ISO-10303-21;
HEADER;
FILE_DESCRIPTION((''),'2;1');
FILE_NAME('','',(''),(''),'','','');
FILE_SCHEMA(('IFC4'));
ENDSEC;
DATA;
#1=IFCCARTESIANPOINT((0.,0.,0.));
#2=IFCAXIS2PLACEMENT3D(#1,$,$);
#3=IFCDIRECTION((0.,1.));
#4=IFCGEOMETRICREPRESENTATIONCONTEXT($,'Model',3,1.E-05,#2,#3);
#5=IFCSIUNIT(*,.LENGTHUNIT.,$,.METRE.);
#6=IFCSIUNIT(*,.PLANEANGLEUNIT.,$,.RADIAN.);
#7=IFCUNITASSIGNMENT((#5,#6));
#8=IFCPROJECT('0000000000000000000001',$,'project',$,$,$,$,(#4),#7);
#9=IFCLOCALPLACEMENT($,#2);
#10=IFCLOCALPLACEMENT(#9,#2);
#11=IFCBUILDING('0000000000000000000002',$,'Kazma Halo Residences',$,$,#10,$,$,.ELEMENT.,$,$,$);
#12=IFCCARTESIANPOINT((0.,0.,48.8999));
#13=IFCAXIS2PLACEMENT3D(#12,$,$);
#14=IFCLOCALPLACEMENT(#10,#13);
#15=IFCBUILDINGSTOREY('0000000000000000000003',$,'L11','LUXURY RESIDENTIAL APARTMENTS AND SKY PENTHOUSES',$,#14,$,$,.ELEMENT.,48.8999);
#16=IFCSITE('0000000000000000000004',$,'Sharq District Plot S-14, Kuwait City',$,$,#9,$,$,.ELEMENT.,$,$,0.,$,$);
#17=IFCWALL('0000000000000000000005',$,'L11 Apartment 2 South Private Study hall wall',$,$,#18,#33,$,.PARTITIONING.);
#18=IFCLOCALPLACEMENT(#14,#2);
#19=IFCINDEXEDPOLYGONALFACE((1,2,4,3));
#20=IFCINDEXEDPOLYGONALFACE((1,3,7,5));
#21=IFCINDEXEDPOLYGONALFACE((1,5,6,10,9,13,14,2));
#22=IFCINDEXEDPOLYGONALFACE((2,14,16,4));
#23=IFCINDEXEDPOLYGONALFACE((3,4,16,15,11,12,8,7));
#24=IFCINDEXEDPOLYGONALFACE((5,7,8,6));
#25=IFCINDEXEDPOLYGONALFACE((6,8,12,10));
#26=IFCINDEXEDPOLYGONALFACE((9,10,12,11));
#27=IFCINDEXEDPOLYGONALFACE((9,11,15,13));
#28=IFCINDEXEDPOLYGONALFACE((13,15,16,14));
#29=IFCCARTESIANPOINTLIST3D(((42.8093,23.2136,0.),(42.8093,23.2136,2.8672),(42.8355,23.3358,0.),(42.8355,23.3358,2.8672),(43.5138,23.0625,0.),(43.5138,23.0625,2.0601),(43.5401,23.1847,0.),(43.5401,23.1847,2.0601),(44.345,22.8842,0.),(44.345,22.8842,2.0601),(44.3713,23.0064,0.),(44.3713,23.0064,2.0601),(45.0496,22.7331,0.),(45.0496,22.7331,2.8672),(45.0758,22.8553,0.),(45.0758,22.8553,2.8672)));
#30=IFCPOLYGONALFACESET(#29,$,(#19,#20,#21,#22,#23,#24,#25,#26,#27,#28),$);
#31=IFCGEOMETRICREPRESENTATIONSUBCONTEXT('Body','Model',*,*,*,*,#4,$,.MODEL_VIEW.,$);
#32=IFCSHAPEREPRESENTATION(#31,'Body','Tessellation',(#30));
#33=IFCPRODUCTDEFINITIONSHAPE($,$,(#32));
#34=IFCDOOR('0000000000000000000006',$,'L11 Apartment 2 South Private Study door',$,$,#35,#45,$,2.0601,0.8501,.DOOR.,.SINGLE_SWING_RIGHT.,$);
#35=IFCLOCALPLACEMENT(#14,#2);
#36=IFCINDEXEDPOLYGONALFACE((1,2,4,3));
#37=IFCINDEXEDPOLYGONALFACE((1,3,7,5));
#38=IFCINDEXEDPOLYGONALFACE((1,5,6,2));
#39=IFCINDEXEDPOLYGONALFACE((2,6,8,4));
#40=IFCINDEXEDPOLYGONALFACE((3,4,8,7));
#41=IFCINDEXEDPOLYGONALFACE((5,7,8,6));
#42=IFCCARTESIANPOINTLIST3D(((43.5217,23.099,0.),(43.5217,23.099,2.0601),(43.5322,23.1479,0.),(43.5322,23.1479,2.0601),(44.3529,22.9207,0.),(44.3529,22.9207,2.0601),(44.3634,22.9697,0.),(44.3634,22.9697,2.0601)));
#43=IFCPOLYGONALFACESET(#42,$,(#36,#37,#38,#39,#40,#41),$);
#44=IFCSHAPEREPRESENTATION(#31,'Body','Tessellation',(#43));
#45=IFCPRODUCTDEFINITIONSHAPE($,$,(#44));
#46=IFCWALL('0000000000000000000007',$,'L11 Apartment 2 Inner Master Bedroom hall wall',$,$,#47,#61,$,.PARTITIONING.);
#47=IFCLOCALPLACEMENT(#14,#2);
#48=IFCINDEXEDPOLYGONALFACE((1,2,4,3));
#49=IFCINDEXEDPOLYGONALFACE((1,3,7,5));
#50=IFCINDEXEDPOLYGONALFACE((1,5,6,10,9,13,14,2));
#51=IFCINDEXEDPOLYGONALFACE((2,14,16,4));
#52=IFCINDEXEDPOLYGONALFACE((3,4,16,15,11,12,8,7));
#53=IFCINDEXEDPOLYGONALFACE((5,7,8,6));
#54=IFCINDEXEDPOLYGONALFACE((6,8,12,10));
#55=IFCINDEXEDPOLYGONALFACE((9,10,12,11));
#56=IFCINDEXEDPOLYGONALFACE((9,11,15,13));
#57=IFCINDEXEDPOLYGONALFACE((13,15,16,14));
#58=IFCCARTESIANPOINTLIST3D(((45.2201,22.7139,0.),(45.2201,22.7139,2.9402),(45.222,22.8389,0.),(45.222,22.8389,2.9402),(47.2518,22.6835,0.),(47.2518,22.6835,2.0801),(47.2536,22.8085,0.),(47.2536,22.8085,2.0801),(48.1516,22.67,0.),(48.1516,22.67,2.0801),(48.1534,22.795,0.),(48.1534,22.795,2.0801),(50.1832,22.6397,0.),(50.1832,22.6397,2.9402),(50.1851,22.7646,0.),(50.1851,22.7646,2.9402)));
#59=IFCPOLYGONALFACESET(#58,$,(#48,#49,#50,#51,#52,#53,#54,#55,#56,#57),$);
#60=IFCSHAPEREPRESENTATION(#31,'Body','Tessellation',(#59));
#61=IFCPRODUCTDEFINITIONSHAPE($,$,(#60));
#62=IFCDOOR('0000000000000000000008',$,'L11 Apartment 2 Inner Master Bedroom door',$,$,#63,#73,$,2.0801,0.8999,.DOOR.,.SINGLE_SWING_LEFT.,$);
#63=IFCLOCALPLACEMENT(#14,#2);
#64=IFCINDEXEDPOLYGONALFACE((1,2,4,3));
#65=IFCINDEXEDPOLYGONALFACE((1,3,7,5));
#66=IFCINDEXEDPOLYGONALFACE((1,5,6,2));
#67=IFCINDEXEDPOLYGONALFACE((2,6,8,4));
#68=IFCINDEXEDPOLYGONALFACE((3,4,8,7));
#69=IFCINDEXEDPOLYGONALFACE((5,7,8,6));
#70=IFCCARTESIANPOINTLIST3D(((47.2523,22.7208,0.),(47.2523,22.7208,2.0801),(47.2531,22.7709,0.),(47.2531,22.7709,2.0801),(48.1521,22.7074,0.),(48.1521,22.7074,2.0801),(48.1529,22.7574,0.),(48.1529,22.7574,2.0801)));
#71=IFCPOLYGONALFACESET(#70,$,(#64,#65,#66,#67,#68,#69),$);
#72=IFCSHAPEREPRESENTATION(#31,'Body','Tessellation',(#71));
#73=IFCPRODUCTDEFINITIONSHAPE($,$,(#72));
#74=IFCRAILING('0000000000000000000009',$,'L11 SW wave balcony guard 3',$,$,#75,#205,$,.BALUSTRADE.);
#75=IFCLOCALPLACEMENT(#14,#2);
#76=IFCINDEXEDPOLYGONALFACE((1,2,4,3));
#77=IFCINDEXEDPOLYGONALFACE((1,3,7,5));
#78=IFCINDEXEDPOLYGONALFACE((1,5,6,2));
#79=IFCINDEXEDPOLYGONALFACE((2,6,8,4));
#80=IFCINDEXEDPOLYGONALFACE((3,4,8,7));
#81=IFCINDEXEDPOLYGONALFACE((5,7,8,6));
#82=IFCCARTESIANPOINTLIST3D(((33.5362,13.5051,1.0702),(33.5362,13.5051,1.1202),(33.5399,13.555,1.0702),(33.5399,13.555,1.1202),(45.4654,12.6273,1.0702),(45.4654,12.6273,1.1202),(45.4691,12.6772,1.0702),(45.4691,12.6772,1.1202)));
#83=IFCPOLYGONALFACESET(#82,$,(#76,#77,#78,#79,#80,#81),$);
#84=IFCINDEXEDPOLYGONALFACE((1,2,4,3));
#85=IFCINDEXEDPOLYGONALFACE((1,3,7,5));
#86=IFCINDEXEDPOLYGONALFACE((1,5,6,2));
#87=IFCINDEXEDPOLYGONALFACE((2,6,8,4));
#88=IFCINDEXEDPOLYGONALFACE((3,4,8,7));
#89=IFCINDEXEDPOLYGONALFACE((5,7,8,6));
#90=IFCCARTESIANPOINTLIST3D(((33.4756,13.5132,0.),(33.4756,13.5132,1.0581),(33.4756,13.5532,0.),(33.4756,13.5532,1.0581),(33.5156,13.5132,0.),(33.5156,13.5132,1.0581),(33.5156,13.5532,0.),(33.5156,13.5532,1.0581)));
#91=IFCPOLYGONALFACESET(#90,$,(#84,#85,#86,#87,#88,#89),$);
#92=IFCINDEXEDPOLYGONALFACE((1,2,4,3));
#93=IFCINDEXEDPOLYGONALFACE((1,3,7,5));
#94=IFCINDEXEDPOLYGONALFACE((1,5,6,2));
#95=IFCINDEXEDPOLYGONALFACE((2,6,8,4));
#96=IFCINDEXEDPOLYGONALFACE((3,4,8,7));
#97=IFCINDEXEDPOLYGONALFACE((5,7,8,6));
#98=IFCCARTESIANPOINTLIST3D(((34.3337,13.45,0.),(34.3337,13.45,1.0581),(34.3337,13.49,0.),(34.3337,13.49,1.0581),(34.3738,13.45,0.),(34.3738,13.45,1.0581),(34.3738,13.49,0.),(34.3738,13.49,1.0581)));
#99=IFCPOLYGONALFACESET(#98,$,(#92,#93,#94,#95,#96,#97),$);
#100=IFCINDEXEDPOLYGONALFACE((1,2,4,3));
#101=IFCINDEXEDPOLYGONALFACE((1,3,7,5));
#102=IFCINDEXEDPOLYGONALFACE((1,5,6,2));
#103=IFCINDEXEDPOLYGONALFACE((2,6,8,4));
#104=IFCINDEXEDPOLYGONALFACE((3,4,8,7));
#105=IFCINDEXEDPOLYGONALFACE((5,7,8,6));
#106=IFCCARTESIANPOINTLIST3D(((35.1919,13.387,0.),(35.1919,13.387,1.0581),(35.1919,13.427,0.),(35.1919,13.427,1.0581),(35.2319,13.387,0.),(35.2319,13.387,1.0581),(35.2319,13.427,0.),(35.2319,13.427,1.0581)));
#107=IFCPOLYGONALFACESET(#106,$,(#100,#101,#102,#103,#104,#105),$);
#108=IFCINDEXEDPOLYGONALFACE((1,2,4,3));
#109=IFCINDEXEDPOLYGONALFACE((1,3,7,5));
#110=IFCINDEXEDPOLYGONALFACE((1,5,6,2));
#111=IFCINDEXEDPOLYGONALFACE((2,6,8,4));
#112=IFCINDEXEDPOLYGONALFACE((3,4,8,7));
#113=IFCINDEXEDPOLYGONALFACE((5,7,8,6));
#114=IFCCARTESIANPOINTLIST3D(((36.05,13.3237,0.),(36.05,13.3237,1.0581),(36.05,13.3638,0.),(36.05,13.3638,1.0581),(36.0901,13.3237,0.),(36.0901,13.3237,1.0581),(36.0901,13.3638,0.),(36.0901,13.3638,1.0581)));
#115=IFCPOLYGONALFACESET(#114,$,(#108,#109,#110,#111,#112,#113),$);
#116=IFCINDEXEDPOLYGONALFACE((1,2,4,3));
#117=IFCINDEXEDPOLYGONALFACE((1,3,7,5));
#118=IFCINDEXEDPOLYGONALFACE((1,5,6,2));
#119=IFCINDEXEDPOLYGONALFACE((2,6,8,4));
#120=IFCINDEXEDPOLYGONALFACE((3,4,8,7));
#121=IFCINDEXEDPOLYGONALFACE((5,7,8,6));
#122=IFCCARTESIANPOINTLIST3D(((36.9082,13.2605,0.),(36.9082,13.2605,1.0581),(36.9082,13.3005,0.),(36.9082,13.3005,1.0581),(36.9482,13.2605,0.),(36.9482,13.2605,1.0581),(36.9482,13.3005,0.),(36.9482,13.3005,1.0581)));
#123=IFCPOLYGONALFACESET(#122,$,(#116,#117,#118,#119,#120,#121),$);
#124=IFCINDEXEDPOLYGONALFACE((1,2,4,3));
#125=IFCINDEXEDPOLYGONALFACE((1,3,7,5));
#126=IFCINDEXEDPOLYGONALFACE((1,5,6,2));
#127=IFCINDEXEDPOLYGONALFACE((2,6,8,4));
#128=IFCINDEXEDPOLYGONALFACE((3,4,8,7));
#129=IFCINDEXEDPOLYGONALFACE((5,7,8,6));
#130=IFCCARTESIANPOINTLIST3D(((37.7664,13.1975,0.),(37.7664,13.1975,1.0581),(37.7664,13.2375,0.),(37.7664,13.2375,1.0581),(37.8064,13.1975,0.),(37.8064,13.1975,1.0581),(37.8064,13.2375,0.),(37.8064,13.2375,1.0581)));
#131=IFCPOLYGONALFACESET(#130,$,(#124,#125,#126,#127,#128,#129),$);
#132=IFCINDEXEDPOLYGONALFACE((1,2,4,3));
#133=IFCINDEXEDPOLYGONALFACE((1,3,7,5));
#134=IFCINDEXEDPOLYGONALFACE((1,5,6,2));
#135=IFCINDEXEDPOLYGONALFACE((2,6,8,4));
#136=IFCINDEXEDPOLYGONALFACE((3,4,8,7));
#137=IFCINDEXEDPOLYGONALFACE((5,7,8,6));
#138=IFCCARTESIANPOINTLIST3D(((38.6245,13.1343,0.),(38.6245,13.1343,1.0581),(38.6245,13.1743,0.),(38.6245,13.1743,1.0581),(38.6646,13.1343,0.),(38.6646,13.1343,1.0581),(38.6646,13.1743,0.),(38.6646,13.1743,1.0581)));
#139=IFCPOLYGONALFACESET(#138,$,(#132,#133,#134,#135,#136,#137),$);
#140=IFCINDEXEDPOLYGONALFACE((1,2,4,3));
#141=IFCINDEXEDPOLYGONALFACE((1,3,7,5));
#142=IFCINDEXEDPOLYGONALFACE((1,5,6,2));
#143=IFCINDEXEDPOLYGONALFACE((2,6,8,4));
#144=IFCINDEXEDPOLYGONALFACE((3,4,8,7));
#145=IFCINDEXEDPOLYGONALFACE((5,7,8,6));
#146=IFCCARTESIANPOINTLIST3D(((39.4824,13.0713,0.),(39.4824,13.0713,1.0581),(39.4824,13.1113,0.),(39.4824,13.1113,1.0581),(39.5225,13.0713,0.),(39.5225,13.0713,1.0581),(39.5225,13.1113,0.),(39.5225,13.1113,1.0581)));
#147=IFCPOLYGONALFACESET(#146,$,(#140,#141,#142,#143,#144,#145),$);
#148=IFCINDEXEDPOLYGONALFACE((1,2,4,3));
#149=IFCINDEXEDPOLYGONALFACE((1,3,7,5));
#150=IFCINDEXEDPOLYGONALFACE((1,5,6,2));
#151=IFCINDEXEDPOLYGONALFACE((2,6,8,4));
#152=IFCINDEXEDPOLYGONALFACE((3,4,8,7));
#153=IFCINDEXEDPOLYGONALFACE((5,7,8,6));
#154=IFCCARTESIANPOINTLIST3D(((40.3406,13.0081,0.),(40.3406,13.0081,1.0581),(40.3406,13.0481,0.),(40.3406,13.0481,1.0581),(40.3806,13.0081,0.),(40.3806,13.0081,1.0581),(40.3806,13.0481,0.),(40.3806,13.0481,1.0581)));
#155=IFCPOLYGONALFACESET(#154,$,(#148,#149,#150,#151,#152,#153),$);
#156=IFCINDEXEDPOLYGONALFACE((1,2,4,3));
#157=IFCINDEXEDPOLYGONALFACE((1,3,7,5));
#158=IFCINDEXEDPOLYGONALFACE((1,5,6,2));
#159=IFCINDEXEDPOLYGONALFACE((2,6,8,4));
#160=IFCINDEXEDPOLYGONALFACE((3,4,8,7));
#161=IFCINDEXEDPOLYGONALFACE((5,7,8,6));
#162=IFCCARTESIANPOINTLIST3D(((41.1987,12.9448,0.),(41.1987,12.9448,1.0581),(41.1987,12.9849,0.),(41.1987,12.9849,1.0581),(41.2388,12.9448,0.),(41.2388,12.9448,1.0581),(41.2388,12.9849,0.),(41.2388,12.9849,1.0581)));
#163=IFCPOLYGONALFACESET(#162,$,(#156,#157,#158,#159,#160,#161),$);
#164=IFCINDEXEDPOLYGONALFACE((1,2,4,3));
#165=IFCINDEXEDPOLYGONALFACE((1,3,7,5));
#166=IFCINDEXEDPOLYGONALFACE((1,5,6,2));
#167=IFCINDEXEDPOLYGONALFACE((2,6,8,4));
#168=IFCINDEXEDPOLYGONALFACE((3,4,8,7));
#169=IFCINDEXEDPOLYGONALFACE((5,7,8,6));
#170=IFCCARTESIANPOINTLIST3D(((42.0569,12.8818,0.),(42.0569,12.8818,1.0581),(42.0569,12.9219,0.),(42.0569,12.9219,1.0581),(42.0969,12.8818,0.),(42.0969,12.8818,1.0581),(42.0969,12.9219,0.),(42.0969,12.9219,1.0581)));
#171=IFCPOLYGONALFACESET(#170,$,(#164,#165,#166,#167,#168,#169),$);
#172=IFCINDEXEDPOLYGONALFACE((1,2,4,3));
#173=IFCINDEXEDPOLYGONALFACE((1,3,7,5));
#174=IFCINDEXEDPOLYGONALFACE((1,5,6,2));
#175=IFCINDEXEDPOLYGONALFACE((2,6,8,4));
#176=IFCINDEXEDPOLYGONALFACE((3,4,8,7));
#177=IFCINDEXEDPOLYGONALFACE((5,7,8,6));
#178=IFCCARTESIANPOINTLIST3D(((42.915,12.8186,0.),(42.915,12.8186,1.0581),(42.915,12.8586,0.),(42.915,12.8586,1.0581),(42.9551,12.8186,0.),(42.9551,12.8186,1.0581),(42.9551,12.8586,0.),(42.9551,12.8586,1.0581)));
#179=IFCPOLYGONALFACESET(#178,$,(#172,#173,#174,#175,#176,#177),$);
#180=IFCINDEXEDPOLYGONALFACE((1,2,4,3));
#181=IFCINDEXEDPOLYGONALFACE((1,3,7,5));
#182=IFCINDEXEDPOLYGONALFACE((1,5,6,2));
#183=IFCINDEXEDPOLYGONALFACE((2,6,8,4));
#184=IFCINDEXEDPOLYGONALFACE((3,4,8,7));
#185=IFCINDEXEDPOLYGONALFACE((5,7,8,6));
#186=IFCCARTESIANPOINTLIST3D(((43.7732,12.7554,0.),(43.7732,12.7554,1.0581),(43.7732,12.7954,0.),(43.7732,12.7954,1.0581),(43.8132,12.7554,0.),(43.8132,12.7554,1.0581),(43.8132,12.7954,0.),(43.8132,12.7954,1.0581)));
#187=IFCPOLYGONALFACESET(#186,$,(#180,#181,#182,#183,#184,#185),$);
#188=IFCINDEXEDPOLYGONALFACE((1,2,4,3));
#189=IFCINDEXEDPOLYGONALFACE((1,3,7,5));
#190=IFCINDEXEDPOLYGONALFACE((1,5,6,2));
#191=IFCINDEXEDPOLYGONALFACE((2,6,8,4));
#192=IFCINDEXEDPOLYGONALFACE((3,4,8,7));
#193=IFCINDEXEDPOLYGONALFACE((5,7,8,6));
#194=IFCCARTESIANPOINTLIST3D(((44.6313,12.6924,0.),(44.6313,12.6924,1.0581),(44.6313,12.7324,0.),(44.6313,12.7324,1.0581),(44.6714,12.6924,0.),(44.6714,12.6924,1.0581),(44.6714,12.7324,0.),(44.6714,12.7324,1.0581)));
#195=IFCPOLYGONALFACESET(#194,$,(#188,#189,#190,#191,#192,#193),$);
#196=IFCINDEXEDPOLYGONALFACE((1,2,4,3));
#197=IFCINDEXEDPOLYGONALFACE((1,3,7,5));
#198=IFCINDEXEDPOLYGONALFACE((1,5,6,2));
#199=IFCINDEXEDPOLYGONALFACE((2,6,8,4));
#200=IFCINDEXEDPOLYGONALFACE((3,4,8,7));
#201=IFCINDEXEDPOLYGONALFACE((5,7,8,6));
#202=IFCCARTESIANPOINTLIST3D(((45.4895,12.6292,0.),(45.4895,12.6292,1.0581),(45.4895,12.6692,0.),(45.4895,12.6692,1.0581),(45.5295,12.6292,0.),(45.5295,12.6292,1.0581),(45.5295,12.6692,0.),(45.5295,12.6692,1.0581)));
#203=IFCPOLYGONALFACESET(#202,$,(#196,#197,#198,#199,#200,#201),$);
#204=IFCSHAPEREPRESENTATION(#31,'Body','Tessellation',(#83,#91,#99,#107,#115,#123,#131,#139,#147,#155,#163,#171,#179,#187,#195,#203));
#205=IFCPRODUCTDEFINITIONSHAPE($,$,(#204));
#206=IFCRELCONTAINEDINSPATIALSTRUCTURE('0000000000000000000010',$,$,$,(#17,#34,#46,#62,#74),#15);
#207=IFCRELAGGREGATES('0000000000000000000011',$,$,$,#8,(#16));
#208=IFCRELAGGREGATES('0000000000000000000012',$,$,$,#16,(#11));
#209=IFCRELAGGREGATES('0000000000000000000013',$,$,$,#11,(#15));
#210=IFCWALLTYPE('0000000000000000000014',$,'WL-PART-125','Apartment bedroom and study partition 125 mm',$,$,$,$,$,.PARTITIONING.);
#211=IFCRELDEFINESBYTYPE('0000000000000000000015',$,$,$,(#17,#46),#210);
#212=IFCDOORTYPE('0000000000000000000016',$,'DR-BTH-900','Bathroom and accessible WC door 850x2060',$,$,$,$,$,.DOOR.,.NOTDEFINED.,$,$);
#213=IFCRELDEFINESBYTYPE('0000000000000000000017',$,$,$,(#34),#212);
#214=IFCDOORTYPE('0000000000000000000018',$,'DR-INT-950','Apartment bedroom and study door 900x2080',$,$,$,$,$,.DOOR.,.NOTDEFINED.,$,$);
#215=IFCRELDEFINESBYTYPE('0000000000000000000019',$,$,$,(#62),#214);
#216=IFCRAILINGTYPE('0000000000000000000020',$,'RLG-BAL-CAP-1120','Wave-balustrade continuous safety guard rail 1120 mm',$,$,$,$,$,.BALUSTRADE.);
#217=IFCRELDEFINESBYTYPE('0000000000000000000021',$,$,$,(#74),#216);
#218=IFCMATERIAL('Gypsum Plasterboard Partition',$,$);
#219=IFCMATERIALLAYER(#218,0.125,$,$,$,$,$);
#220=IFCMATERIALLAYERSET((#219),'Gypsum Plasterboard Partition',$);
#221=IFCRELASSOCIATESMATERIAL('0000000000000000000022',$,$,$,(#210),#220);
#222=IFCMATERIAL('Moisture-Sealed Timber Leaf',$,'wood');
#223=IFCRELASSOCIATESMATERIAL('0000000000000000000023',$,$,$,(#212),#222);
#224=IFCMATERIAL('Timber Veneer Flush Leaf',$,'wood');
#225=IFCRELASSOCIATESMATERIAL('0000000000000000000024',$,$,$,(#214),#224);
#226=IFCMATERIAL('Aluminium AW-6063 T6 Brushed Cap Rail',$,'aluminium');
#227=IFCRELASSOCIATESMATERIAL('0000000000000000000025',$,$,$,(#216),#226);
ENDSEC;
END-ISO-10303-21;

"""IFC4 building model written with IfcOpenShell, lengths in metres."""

from ifc_helpers import new_model, si_unit, direction, frame, frame_2d, origin, origin_2d, place, context, subcontext, project, spatial, rectangle, extrude, material, layer, layer_set, type_object, element, fill, save


model = new_model("IFC4")

# Units and contexts
model_context = context("Model", 3, precision=1e-05, world=origin(), true_north=direction((0.0, 1.0)))
body_context = subcontext(model_context, "Body", "Model", "MODEL_VIEW")
ifc_project = project(units=[si_unit("LENGTHUNIT", "METRE"), si_unit("PLANEANGLEUNIT", "RADIAN")], contexts=[model_context])

# Site, building, storey
site_placement = place(None, origin())
site = spatial("IfcSite", under=ifc_project, at=site_placement, Name="Sharq District Plot S-14, Kuwait City", CompositionType="ELEMENT", RefElevation=0.0)
building_placement = place(site_placement, origin())
building = spatial("IfcBuilding", under=site, at=building_placement, Name="Kazma Halo Residences", CompositionType="ELEMENT")
storey_placement = place(building_placement, frame((0.0, 0.0, 48.8999)))
storey = spatial("IfcBuildingStorey", under=building, at=storey_placement, Name="L11", Description="LUXURY RESIDENTIAL APARTMENTS AND SKY PENTHOUSES", CompositionType="ELEMENT", Elevation=48.8999)

# Shared definitions
ifc_material_1 = material(Name="Gypsum Plasterboard Partition")
ifc_layer_1 = layer(ifc_material_1, 0.125)
ifc_layer_set_1 = layer_set([ifc_layer_1], Name="Gypsum Plasterboard Partition")
wall_type_1 = type_object("IfcWallType", Name="WL-PART-125", Description="Apartment bedroom and study partition 125 mm", PredefinedType="PARTITIONING", material=ifc_layer_set_1)

# Shared definitions
ifc_material_2 = material(Name="Moisture-Sealed Timber Leaf", Category="wood")
door_type_1 = type_object("IfcDoorType", Name="DR-BTH-900", Description="Bathroom and accessible WC door 850x2060", OperationType="NOTDEFINED", PredefinedType="DOOR", material=ifc_material_2)

# Walls, openings, doors
wall_1_placement = place(storey_placement, frame((42.8225, 23.2747, 0.0), z_axis=(0.0, 0.0, 1.0), x_axis=(0.977765, -0.209704, 0.0)))
wall_1 = element("IfcWall", 1, at=wall_1_placement, inside=storey, type_object=wall_type_1, Name="L11 Apartment 2 South Private Study hall wall", PredefinedType="PARTITIONING", context=body_context, shape_type="SweptSolid", body=[
    extrude(rectangle(XDim=2.2913, YDim=0.125, at=frame_2d((1.1455, 0.0))), origin(), (0.0, 0.0, 1.0), 2.8672),
])
opening_1_placement = place(wall_1_placement, frame((0.7205, 0.0, 0.0)))
opening_1 = element("IfcOpeningElement", 2, at=opening_1_placement, cuts=wall_1, PredefinedType="OPENING", context=body_context, shape_type="SweptSolid", body=[
    extrude(rectangle(XDim=0.8501, YDim=2.0601, at=frame_2d((0.425, 1.03))), frame((0.0, 0.0725, 0.0), z_axis=(0.0, -1.0, 0.0), x_axis=(1.0, 0.0, 0.0)), (0.0, 0.0, 1.0), 0.145),
])
door_1_placement = place(opening_1_placement, origin())
door_1 = element("IfcDoor", 3, at=door_1_placement, inside=storey, type_object=door_type_1, Name="L11 Apartment 2 South Private Study door", OperationType="SINGLE_SWING_RIGHT", OverallHeight=2.0601, OverallWidth=0.8501, PredefinedType="DOOR", context=body_context, shape_type="SweptSolid", body=[
    extrude(rectangle(XDim=0.8501, YDim=2.0601, at=frame_2d((0.425, 1.03))), frame((0.0, 0.0249, 0.0), z_axis=(0.0, -1.0, 0.0), x_axis=(1.0, 0.0, 0.0)), (0.0, 0.0, 1.0), 0.05),
])
fill(opening_1, door_1)
wall_2_placement = place(storey_placement, frame((45.2209, 22.7764, 0.0), z_axis=(0.0, 0.0, 1.0), x_axis=(0.999888, -0.014952, 0.0)))
wall_2 = element("IfcWall", 4, at=wall_2_placement, inside=storey, type_object=wall_type_1, Name="L11 Apartment 2 Inner Master Bedroom hall wall", PredefinedType="PARTITIONING", context=body_context, shape_type="SweptSolid", body=[
    extrude(rectangle(XDim=4.9636, YDim=0.125, at=frame_2d((2.4819, 0.0))), origin(), (0.0, 0.0, 1.0), 2.9402),
])
opening_2_placement = place(wall_2_placement, frame((2.032, 0.0, 0.0)))
opening_2 = element("IfcOpeningElement", 5, at=opening_2_placement, cuts=wall_2, PredefinedType="OPENING", context=body_context, shape_type="SweptSolid", body=[
    extrude(rectangle(XDim=0.8999, YDim=2.0801, at=frame_2d((0.45, 1.04))), frame((0.0, 0.0725, 0.0), z_axis=(0.0, -1.0, 0.0), x_axis=(1.0, 0.0, 0.0)), (0.0, 0.0, 1.0), 0.145),
])
ifc_material_3 = material(Name="Timber Veneer Flush Leaf", Category="wood")
door_type_2 = type_object("IfcDoorType", Name="DR-INT-950", Description="Apartment bedroom and study door 900x2080", OperationType="NOTDEFINED", PredefinedType="DOOR", material=ifc_material_3)
door_2_placement = place(opening_2_placement, origin())
door_2 = element("IfcDoor", 6, at=door_2_placement, inside=storey, type_object=door_type_2, Name="L11 Apartment 2 Inner Master Bedroom door", OperationType="SINGLE_SWING_LEFT", OverallHeight=2.0801, OverallWidth=0.8999, PredefinedType="DOOR", context=body_context, shape_type="SweptSolid", body=[
    extrude(rectangle(XDim=0.8999, YDim=2.0801, at=frame_2d((0.45, 1.04))), frame((0.0, 0.0249, 0.0), z_axis=(0.0, -1.0, 0.0), x_axis=(1.0, 0.0, 0.0)), (0.0, 0.0, 1.0), 0.05),
])
fill(opening_2, door_2)

# Railing
ifc_material_4 = material(Name="Aluminium AW-6063 T6 Brushed Cap Rail", Category="aluminium")
railing_type = type_object("IfcRailingType", Name="RLG-BAL-CAP-1120", Description="Wave-balustrade continuous safety guard rail 1120 mm", PredefinedType="BALUSTRADE", material=ifc_material_4)
railing_1_placement = place(storey_placement, frame((33.4956, 13.5332, 0.0)))
element("IfcRailing", 7, at=railing_1_placement, inside=storey, type_object=railing_type, Name="L11 SW wave balcony guard 3", PredefinedType="BALUSTRADE", context=body_context, shape_type="SweptSolid", body=[
    extrude(rectangle(XDim=0.05, YDim=0.05, at=origin_2d()), frame((0.0425, -0.0032, 1.0952), z_axis=(0.997304, -0.073386, 0.0), x_axis=(0.073386, 0.997304, 0.0)), (0.0, 0.0, 1.0), 11.9614),
    extrude(rectangle(XDim=0.04, YDim=0.04, at=origin_2d()), origin(), (0.0, 0.0, 1.0), 1.0581),
    extrude(rectangle(XDim=0.04, YDim=0.04, at=origin_2d()), frame((0.8582, -0.0632, 0.0)), (0.0, 0.0, 1.0), 1.0581),
    extrude(rectangle(XDim=0.04, YDim=0.04, at=origin_2d()), frame((1.7163, -0.1262, 0.0)), (0.0, 0.0, 1.0), 1.0581),
    extrude(rectangle(XDim=0.04, YDim=0.04, at=origin_2d()), frame((2.5745, -0.1895, 0.0)), (0.0, 0.0, 1.0), 1.0581),
    extrude(rectangle(XDim=0.04, YDim=0.04, at=origin_2d()), frame((3.4326, -0.2527, 0.0)), (0.0, 0.0, 1.0), 1.0581),
    extrude(rectangle(XDim=0.04, YDim=0.04, at=origin_2d()), frame((4.2908, -0.3157, 0.0)), (0.0, 0.0, 1.0), 1.0581),
    extrude(rectangle(XDim=0.04, YDim=0.04, at=origin_2d()), frame((5.1489, -0.3789, 0.0)), (0.0, 0.0, 1.0), 1.0581),
    extrude(rectangle(XDim=0.04, YDim=0.04, at=origin_2d()), frame((6.0068, -0.4419, 0.0)), (0.0, 0.0, 1.0), 1.0581),
    extrude(rectangle(XDim=0.04, YDim=0.04, at=origin_2d()), frame((6.865, -0.5051, 0.0)), (0.0, 0.0, 1.0), 1.0581),
    extrude(rectangle(XDim=0.04, YDim=0.04, at=origin_2d()), frame((7.7231, -0.5684, 0.0)), (0.0, 0.0, 1.0), 1.0581),
    extrude(rectangle(XDim=0.04, YDim=0.04, at=origin_2d()), frame((8.5813, -0.6313, 0.0)), (0.0, 0.0, 1.0), 1.0581),
    extrude(rectangle(XDim=0.04, YDim=0.04, at=origin_2d()), frame((9.4395, -0.6946, 0.0)), (0.0, 0.0, 1.0), 1.0581),
    extrude(rectangle(XDim=0.04, YDim=0.04, at=origin_2d()), frame((10.2976, -0.7578, 0.0)), (0.0, 0.0, 1.0), 1.0581),
    extrude(rectangle(XDim=0.04, YDim=0.04, at=origin_2d()), frame((11.1558, -0.8208, 0.0)), (0.0, 0.0, 1.0), 1.0581),
    extrude(rectangle(XDim=0.04, YDim=0.04, at=origin_2d()), frame((12.0139, -0.884, 0.0)), (0.0, 0.0, 1.0), 1.0581),
])

save(model, "model.ifc")
